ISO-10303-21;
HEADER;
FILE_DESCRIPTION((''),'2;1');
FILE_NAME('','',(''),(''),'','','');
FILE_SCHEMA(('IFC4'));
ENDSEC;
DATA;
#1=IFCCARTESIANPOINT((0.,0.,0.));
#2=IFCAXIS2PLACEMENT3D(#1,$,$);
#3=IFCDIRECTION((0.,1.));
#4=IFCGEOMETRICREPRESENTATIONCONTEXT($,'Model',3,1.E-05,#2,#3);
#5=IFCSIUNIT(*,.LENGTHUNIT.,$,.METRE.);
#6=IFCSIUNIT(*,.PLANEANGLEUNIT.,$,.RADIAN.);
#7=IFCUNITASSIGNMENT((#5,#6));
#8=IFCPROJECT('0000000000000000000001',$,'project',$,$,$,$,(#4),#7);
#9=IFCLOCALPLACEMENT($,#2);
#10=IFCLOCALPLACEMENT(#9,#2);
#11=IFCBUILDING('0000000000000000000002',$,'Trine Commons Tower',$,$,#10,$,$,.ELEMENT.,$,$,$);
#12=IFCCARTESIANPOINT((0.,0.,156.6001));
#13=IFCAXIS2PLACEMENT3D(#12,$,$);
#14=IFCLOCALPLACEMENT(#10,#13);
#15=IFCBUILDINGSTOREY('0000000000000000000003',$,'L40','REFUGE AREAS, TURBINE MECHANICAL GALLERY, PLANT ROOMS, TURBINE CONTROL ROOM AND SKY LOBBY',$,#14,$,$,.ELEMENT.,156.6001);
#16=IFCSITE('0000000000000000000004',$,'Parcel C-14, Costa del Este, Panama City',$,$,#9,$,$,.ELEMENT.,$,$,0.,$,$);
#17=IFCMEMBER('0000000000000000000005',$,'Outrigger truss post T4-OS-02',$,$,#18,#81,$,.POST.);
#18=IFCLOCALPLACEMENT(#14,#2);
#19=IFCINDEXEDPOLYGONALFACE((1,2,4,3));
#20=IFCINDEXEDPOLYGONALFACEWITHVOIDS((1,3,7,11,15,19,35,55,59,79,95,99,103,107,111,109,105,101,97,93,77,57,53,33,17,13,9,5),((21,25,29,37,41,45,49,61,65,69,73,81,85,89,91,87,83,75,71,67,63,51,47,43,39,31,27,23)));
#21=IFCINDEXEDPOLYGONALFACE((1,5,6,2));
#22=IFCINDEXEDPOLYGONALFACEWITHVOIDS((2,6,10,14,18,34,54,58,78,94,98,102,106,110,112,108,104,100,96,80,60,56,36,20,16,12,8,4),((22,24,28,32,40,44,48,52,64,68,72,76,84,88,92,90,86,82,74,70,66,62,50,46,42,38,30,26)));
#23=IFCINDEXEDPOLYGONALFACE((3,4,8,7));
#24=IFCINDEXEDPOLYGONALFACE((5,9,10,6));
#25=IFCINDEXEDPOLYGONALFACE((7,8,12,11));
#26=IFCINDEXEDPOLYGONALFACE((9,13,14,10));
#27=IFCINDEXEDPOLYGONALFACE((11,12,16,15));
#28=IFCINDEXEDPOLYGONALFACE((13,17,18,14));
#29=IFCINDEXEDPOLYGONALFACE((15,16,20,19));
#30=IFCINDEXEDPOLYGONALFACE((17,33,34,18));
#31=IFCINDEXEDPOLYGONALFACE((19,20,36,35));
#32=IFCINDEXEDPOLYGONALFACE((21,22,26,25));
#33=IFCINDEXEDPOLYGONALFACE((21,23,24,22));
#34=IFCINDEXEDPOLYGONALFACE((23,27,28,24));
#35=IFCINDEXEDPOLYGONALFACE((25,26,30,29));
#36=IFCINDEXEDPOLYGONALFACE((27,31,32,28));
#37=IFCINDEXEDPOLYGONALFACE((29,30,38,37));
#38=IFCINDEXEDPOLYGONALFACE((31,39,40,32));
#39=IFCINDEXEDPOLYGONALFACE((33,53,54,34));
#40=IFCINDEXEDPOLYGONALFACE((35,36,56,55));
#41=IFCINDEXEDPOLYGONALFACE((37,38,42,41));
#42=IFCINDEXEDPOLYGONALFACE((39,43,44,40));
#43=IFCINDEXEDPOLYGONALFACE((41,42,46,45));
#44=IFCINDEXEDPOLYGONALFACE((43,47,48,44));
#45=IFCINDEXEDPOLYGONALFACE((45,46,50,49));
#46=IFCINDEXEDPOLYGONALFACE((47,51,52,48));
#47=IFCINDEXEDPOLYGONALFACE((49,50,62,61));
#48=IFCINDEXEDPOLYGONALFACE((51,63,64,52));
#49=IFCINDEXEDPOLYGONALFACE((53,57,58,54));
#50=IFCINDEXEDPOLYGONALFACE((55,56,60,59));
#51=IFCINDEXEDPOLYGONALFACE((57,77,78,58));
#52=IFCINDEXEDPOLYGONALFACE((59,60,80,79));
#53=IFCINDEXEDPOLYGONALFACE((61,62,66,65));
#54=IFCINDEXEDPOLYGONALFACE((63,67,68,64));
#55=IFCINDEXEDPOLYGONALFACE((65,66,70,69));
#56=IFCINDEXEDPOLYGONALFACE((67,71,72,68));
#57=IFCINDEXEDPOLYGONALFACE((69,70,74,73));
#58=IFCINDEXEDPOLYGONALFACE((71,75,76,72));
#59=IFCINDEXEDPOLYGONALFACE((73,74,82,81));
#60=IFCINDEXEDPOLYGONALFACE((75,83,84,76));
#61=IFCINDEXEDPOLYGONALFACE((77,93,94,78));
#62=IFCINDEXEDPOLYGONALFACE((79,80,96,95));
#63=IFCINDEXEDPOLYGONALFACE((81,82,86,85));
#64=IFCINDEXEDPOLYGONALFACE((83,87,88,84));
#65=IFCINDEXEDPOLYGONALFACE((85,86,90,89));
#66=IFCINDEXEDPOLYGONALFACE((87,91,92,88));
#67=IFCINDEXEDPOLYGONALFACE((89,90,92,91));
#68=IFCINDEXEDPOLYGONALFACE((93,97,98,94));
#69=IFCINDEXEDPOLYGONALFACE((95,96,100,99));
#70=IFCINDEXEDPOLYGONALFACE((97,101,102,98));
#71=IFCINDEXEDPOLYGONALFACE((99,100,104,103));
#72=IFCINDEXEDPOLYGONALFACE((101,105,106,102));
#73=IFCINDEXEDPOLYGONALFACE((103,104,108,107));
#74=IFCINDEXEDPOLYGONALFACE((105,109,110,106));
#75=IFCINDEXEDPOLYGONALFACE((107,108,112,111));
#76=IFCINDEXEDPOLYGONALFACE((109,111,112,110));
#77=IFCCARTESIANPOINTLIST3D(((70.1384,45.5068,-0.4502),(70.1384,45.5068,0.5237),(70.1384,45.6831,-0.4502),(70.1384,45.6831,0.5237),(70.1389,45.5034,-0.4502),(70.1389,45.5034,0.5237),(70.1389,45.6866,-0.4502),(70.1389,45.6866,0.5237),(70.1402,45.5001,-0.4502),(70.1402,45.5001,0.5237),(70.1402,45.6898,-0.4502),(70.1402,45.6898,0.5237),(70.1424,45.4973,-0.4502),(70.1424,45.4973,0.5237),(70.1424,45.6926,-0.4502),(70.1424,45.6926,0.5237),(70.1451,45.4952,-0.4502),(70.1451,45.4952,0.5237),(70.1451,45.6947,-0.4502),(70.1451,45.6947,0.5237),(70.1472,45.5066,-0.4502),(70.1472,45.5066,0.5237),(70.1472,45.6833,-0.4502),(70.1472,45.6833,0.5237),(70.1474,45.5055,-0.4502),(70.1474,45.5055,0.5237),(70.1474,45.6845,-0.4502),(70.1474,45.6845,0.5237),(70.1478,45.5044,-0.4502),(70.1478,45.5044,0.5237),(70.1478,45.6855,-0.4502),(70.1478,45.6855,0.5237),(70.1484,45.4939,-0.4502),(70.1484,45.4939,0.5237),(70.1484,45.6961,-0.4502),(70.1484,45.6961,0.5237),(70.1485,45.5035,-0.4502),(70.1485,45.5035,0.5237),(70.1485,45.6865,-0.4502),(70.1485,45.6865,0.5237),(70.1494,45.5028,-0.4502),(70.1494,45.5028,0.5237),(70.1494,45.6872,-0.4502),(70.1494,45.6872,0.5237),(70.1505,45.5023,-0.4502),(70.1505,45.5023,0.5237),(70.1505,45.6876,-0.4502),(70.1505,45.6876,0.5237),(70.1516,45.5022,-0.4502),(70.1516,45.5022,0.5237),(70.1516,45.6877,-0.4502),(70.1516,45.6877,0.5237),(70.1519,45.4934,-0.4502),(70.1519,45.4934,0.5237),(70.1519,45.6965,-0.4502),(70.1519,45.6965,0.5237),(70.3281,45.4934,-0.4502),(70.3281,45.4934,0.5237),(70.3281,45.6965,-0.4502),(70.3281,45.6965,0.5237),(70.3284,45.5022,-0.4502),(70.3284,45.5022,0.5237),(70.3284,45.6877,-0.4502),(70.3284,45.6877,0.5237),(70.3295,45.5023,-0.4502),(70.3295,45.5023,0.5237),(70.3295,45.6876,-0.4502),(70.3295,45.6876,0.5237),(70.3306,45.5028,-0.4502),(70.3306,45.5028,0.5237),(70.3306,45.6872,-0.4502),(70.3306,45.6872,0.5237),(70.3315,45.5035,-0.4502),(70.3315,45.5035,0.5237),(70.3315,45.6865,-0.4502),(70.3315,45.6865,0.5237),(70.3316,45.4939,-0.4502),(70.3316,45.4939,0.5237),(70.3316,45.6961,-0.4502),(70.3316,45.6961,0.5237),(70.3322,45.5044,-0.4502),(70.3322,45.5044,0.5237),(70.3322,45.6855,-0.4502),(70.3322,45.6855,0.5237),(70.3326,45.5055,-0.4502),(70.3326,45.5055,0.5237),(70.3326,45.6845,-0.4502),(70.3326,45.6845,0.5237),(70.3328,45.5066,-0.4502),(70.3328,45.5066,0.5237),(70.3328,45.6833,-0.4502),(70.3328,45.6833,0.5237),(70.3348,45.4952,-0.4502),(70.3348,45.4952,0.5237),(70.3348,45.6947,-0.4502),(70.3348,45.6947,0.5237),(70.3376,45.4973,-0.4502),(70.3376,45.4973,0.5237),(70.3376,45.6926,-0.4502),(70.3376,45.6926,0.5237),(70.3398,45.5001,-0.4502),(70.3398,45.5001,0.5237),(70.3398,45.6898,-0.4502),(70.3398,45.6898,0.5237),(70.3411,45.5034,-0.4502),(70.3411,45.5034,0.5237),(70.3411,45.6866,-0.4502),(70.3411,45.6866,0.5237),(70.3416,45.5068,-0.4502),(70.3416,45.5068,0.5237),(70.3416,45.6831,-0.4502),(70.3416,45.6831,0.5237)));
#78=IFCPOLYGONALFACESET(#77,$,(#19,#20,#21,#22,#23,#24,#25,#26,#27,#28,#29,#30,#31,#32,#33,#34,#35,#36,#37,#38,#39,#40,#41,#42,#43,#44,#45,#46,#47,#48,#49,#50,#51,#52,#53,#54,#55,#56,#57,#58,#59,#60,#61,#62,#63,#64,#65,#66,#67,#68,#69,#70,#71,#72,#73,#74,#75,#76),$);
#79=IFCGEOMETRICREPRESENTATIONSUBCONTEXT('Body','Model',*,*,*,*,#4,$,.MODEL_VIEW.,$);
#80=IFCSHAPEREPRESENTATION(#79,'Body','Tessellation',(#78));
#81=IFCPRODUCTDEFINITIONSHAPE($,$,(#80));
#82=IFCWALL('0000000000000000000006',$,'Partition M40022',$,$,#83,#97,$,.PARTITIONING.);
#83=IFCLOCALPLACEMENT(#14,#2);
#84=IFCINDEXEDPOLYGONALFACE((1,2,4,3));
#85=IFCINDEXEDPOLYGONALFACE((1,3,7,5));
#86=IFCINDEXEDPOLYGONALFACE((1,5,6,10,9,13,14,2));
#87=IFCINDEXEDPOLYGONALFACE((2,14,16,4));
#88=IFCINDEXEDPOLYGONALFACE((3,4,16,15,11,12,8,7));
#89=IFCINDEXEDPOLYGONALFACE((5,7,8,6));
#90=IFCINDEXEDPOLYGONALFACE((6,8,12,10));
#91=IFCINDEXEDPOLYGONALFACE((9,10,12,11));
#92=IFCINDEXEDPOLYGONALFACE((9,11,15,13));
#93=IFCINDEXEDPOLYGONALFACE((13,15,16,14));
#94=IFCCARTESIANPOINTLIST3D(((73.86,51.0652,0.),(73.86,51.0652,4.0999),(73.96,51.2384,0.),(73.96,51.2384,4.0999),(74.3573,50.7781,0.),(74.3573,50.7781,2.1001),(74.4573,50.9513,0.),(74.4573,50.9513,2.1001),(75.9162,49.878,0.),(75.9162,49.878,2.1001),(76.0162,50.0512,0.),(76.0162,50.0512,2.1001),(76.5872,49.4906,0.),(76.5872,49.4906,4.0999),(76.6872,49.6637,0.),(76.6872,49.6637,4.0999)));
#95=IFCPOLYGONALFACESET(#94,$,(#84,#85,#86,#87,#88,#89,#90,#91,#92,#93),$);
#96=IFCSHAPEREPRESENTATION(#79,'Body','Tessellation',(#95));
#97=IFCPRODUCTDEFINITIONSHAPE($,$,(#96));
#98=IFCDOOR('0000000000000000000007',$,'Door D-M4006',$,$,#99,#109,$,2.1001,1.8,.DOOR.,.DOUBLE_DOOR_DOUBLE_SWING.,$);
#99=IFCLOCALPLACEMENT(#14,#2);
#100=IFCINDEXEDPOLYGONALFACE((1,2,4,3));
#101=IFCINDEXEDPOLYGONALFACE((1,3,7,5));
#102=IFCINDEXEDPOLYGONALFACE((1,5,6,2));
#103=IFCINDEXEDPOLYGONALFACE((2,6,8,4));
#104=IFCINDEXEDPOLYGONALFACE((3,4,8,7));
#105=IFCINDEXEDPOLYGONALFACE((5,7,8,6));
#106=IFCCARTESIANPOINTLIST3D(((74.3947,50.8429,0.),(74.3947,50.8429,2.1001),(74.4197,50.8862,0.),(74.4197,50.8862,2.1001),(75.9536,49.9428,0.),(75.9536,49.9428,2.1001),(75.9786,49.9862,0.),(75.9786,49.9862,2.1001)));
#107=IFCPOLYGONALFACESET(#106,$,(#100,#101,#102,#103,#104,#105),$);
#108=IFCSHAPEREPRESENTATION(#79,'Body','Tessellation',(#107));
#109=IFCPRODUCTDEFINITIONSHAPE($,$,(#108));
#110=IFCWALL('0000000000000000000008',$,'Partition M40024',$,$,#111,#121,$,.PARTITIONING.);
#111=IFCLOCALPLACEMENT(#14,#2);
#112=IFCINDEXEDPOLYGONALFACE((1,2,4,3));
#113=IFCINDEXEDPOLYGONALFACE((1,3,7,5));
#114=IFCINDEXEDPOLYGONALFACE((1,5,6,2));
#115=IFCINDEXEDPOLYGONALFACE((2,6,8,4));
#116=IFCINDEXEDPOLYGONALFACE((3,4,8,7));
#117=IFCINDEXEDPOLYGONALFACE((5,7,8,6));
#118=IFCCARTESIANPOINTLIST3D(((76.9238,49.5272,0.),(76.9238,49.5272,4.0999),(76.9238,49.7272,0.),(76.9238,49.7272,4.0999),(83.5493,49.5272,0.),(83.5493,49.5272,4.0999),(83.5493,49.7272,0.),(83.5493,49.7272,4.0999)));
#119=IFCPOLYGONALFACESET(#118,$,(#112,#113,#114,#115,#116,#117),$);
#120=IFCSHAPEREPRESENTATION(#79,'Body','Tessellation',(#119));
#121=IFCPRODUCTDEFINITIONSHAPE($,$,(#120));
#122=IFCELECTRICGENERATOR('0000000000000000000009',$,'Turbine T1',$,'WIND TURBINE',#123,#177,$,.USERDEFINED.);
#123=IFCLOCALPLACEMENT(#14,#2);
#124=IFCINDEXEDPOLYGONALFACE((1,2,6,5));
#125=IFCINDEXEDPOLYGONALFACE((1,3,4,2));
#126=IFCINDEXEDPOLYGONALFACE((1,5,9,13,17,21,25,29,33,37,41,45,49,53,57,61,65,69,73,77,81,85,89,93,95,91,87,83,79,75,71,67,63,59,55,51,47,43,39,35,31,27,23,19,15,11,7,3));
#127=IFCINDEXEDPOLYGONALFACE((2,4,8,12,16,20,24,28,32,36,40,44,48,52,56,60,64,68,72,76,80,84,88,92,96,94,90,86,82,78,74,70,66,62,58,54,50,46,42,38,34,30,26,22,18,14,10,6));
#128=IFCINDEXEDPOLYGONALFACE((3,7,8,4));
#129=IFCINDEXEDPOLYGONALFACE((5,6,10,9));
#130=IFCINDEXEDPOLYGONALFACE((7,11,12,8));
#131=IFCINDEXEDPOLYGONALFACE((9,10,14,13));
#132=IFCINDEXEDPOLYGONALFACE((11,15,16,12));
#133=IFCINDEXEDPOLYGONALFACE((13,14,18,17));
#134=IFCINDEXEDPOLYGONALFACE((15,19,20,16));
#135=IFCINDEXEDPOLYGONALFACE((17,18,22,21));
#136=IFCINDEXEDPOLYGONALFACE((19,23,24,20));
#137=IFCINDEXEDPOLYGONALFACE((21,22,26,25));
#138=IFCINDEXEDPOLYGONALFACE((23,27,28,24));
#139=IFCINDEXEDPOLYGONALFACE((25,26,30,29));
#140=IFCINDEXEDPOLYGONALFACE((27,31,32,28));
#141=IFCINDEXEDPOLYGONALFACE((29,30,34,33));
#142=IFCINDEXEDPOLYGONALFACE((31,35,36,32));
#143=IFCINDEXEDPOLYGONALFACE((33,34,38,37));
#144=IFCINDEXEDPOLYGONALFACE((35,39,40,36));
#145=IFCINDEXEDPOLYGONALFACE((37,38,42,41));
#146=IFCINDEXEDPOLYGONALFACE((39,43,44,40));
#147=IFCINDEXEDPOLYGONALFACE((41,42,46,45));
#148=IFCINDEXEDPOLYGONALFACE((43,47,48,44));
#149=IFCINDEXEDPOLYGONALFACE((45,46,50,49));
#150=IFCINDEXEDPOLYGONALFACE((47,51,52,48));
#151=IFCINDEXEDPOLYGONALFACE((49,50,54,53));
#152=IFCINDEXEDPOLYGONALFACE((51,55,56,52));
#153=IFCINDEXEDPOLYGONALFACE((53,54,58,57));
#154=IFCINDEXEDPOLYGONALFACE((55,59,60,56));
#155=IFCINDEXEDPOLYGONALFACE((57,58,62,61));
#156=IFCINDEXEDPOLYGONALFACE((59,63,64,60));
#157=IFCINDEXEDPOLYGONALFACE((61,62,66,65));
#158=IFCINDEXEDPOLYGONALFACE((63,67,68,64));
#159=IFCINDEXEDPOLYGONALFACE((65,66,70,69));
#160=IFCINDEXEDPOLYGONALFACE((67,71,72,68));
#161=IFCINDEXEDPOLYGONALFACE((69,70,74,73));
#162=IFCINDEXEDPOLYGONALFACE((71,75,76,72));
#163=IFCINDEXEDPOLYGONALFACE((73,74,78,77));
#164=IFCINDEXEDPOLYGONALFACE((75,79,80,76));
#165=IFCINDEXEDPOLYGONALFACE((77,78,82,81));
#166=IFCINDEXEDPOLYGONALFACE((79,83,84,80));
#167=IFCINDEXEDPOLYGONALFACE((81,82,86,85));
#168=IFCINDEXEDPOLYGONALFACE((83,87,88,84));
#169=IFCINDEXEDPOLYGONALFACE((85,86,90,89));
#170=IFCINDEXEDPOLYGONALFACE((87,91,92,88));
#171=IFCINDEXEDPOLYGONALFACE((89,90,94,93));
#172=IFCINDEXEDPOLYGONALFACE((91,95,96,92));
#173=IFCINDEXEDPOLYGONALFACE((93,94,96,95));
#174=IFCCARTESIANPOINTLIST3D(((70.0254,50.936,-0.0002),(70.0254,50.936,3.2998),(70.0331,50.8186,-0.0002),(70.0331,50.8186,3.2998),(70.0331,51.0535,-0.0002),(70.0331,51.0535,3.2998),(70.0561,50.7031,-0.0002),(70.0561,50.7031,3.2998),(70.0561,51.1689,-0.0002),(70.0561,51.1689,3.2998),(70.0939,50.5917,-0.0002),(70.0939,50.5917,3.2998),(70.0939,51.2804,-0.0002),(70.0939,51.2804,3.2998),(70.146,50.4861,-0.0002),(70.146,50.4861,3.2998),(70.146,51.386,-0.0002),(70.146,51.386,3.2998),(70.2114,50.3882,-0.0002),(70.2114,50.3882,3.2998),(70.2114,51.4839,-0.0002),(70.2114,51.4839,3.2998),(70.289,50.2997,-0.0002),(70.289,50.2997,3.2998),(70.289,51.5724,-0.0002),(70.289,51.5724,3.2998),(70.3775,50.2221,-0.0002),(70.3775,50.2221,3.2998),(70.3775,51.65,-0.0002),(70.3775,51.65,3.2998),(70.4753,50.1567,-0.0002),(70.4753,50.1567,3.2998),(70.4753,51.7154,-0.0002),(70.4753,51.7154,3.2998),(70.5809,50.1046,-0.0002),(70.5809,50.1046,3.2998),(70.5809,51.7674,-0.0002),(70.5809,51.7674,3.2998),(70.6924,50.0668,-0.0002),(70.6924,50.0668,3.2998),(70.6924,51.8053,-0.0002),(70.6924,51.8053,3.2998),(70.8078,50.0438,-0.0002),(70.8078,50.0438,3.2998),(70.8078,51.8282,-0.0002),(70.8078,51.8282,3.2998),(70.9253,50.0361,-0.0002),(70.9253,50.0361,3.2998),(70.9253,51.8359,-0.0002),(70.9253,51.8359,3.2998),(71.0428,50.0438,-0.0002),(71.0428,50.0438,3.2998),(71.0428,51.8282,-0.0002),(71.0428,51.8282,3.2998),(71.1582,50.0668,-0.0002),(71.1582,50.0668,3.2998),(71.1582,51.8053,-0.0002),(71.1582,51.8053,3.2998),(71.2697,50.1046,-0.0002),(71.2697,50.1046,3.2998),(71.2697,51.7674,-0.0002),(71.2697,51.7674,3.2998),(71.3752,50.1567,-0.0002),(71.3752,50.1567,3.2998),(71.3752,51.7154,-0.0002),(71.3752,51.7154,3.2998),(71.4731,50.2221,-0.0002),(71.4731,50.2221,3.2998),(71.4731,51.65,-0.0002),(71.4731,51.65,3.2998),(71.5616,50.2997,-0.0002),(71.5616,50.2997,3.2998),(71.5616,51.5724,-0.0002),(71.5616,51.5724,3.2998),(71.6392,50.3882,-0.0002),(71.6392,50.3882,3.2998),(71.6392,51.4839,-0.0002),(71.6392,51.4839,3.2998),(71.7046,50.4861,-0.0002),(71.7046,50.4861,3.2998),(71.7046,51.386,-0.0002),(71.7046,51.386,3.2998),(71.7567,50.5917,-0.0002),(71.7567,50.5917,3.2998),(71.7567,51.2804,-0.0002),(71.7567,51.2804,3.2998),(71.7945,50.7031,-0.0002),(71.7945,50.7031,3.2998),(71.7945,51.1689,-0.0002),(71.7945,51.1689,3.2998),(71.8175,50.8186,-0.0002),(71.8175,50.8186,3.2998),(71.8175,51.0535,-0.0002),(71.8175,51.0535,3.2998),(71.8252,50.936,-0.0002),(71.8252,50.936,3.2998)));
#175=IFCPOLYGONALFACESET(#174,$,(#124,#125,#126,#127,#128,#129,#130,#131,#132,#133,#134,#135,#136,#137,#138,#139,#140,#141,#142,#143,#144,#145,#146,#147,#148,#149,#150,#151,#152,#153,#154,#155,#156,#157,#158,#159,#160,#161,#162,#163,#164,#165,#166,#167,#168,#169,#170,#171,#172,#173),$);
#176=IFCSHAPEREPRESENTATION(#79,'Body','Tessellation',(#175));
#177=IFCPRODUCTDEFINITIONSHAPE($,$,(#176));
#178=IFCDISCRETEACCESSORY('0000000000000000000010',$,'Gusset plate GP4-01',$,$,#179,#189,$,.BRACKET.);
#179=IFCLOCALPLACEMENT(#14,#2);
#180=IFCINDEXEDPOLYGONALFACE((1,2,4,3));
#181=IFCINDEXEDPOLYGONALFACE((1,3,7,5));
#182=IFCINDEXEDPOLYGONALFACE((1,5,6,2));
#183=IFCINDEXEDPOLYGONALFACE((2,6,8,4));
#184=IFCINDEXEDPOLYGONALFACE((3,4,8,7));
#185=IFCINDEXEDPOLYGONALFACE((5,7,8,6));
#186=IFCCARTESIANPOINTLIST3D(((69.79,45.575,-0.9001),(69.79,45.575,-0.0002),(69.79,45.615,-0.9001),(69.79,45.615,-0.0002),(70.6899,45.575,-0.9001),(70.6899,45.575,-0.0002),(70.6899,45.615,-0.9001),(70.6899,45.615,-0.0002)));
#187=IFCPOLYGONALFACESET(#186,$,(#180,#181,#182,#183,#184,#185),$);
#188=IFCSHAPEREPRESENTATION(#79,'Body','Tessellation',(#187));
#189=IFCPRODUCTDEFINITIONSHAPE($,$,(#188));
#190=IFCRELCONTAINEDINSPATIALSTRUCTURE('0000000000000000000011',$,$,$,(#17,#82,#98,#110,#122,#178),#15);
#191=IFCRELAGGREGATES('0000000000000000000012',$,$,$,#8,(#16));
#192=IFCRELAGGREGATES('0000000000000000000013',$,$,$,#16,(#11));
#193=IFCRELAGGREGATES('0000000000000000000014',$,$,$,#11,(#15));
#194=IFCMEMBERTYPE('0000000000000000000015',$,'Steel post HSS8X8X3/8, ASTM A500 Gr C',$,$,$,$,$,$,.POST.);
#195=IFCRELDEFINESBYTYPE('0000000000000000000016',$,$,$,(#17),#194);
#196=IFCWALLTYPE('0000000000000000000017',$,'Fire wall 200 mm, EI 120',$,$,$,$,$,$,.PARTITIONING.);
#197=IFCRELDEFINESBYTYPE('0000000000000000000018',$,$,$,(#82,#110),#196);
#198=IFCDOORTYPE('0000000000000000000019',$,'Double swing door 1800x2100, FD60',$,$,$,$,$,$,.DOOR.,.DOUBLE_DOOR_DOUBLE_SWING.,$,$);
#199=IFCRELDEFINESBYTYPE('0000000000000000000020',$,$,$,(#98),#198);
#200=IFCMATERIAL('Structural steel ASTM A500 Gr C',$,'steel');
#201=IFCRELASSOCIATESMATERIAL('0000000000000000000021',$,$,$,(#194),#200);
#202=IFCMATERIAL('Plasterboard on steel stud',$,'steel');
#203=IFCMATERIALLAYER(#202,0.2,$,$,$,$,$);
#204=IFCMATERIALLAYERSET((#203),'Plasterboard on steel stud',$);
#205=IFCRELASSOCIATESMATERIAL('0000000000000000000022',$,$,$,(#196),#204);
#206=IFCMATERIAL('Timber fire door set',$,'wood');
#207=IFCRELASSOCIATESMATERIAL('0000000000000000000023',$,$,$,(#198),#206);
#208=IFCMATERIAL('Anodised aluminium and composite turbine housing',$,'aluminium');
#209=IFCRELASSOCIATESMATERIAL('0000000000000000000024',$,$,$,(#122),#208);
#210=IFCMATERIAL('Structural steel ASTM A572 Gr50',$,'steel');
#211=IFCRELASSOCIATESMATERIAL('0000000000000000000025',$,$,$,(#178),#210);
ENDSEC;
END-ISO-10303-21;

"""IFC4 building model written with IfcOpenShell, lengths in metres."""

from ifc_helpers import new_model, si_unit, direction, frame, frame_2d, origin, origin_2d, place, context, subcontext, project, spatial, rectangle, hollow_rectangle, circle, extrude, material, layer, layer_set, material_profile, profile_set, type_object, element, fill, save


model = new_model("IFC4")

# Units and contexts
model_context = context("Model", 3, precision=1e-05, world=origin(), true_north=direction((0.0, 1.0)))
body_context = subcontext(model_context, "Body", "Model", "MODEL_VIEW")
ifc_project = project(units=[si_unit("LENGTHUNIT", "METRE"), si_unit("PLANEANGLEUNIT", "RADIAN")], contexts=[model_context])

# Site, building, storey
site_placement = place(None, origin())
site = spatial("IfcSite", under=ifc_project, at=site_placement, Name="Parcel C-14, Costa del Este, Panama City", CompositionType="ELEMENT", RefElevation=0.0)
building_placement = place(site_placement, origin())
building = spatial("IfcBuilding", under=site, at=building_placement, Name="Trine Commons Tower", CompositionType="ELEMENT")
storey_placement = place(building_placement, frame((0.0, 0.0, 156.6001)))
storey = spatial("IfcBuildingStorey", under=building, at=storey_placement, Name="L40", Description="REFUGE AREAS, TURBINE MECHANICAL GALLERY, PLANT ROOMS, TURBINE CONTROL ROOM AND SKY LOBBY", CompositionType="ELEMENT", Elevation=156.6001)

# Member
ifc_material_1 = material(Name="Structural steel ASTM A500 Gr C", Category="steel")
ifc_material_profile_1 = material_profile(ifc_material_1, hollow_rectangle(XDim=0.2031, YDim=0.2031, WallThickness=0.0088, InnerFilletRadius=0.0044, OuterFilletRadius=0.0134, at=origin_2d()), Name="HSS8X8X3/8")
ifc_profile_set_1 = profile_set([ifc_material_profile_1], Name="Structural steel ASTM A500 Gr C")
member_type_1 = type_object("IfcMemberType", Name="Steel post HSS8X8X3/8, ASTM A500 Gr C", PredefinedType="POST", material=ifc_profile_set_1)
member_1_placement = place(storey_placement, frame((70.24, 45.595, -0.4502), z_axis=(0.0, 0.0, 1.0), x_axis=(1.0, 0.0, 0.0)))
element("IfcMember", 1, at=member_1_placement, inside=storey, type_object=member_type_1, Name="Outrigger truss post T4-OS-02", PredefinedType="POST", context=body_context, shape_type="SweptSolid", body=[
    extrude(hollow_rectangle(XDim=0.2031, YDim=0.2031, WallThickness=0.0088, InnerFilletRadius=0.0044, OuterFilletRadius=0.0134, at=origin_2d()), origin(), (0.0, 0.0, 1.0), 0.9739),
])

# Wall, opening, door
ifc_material_2 = material(Name="Plasterboard on steel stud", Category="steel")
ifc_layer = layer(ifc_material_2, 0.2)
ifc_layer_set = layer_set([ifc_layer], Name="Plasterboard on steel stud")
wall_type = type_object("IfcWallType", Name="Fire wall 200 mm, EI 120", PredefinedType="PARTITIONING", material=ifc_layer_set)
wall_1_placement = place(storey_placement, frame((73.9099, 51.1519, 0.0), z_axis=(0.0, 0.0, 1.0), x_axis=(0.866011, -0.500024, 0.0)))
wall_1 = element("IfcWall", 2, at=wall_1_placement, inside=storey, type_object=wall_type, Name="Partition M40022", PredefinedType="PARTITIONING", context=body_context, shape_type="SweptSolid", body=[
    extrude(rectangle(XDim=3.1492, YDim=0.2, at=frame_2d((1.5747, 0.0))), origin(), (0.0, 0.0, 1.0), 4.0999),
])
opening_placement = place(wall_1_placement, frame((0.5745, 0.0, 0.0)))
opening = element("IfcOpeningElement", 3, at=opening_placement, cuts=wall_1, PredefinedType="OPENING", context=body_context, shape_type="SweptSolid", body=[
    extrude(rectangle(XDim=1.8, YDim=2.1001, at=frame_2d((0.8999, 1.05))), frame((0.0, 0.1099, 0.0), z_axis=(0.0, -1.0, 0.0), x_axis=(1.0, 0.0, 0.0)), (0.0, 0.0, 1.0), 0.22),
])
ifc_material_3 = material(Name="Timber fire door set", Category="wood")
door_type = type_object("IfcDoorType", Name="Double swing door 1800x2100, FD60", OperationType="DOUBLE_DOOR_DOUBLE_SWING", PredefinedType="DOOR", material=ifc_material_3)
door_placement = place(opening_placement, origin())
door = element("IfcDoor", 4, at=door_placement, inside=storey, type_object=door_type, Name="Door D-M4006", OperationType="DOUBLE_DOOR_DOUBLE_SWING", OverallHeight=2.1001, OverallWidth=1.8, PredefinedType="DOOR", context=body_context, shape_type="SweptSolid", body=[
    extrude(rectangle(XDim=1.8, YDim=2.1001, at=frame_2d((0.8999, 1.05))), frame((0.0, 0.0249, 0.0), z_axis=(0.0, -1.0, 0.0), x_axis=(1.0, 0.0, 0.0)), (0.0, 0.0, 1.0), 0.05),
])
fill(opening, door)

# Wall
wall_2_placement = place(storey_placement, frame((76.9238, 49.6272, 0.0), z_axis=(0.0, 0.0, 1.0), x_axis=(1.0, 0.0, 0.0)))
element("IfcWall", 5, at=wall_2_placement, inside=storey, type_object=wall_type, Name="Partition M40024", PredefinedType="PARTITIONING", context=body_context, shape_type="SweptSolid", body=[
    extrude(rectangle(XDim=6.6255, YDim=0.2, at=frame_2d((3.3127, 0.0))), origin(), (0.0, 0.0, 1.0), 4.0999),
])

# Electric generator
ifc_material_4 = material(Name="Anodised aluminium and composite turbine housing", Category="aluminium")
electric_generator_placement = place(storey_placement, frame((70.9253, 50.936, 3.2998), z_axis=(0.0, 0.0, -1.0), x_axis=(1.0, 0.0, 0.0)))
element("IfcElectricGenerator", 6, at=electric_generator_placement, inside=storey, material=ifc_material_4, Name="Turbine T1", ObjectType="WIND TURBINE", PredefinedType="USERDEFINED", context=body_context, shape_type="SweptSolid", body=[
    extrude(circle(Radius=0.8999, at=origin_2d()), origin(), (0.0, 0.0, 1.0), 3.3),
])

# Discrete accessory
ifc_material_5 = material(Name="Structural steel ASTM A572 Gr50", Category="steel")
for number, where, z_axis, x_axis, name in (
    (7, (70.24, 45.595, -0.9001), (0.0, 0.0, 1.0), (1.0, 0.0, 0.0), "Gusset plate GP4-01"),
):
    element("IfcDiscreteAccessory", number, at=place(storey_placement, frame(where, z_axis=z_axis, x_axis=x_axis)), inside=storey, material=ifc_material_5, Name=name, PredefinedType="BRACKET", context=body_context, shape_type="SweptSolid", body=[
        extrude(rectangle(XDim=0.8999, YDim=0.04, at=origin_2d()), origin(), (0.0, 0.0, 1.0), 0.8999),
    ])

save(model, "model.ifc")
